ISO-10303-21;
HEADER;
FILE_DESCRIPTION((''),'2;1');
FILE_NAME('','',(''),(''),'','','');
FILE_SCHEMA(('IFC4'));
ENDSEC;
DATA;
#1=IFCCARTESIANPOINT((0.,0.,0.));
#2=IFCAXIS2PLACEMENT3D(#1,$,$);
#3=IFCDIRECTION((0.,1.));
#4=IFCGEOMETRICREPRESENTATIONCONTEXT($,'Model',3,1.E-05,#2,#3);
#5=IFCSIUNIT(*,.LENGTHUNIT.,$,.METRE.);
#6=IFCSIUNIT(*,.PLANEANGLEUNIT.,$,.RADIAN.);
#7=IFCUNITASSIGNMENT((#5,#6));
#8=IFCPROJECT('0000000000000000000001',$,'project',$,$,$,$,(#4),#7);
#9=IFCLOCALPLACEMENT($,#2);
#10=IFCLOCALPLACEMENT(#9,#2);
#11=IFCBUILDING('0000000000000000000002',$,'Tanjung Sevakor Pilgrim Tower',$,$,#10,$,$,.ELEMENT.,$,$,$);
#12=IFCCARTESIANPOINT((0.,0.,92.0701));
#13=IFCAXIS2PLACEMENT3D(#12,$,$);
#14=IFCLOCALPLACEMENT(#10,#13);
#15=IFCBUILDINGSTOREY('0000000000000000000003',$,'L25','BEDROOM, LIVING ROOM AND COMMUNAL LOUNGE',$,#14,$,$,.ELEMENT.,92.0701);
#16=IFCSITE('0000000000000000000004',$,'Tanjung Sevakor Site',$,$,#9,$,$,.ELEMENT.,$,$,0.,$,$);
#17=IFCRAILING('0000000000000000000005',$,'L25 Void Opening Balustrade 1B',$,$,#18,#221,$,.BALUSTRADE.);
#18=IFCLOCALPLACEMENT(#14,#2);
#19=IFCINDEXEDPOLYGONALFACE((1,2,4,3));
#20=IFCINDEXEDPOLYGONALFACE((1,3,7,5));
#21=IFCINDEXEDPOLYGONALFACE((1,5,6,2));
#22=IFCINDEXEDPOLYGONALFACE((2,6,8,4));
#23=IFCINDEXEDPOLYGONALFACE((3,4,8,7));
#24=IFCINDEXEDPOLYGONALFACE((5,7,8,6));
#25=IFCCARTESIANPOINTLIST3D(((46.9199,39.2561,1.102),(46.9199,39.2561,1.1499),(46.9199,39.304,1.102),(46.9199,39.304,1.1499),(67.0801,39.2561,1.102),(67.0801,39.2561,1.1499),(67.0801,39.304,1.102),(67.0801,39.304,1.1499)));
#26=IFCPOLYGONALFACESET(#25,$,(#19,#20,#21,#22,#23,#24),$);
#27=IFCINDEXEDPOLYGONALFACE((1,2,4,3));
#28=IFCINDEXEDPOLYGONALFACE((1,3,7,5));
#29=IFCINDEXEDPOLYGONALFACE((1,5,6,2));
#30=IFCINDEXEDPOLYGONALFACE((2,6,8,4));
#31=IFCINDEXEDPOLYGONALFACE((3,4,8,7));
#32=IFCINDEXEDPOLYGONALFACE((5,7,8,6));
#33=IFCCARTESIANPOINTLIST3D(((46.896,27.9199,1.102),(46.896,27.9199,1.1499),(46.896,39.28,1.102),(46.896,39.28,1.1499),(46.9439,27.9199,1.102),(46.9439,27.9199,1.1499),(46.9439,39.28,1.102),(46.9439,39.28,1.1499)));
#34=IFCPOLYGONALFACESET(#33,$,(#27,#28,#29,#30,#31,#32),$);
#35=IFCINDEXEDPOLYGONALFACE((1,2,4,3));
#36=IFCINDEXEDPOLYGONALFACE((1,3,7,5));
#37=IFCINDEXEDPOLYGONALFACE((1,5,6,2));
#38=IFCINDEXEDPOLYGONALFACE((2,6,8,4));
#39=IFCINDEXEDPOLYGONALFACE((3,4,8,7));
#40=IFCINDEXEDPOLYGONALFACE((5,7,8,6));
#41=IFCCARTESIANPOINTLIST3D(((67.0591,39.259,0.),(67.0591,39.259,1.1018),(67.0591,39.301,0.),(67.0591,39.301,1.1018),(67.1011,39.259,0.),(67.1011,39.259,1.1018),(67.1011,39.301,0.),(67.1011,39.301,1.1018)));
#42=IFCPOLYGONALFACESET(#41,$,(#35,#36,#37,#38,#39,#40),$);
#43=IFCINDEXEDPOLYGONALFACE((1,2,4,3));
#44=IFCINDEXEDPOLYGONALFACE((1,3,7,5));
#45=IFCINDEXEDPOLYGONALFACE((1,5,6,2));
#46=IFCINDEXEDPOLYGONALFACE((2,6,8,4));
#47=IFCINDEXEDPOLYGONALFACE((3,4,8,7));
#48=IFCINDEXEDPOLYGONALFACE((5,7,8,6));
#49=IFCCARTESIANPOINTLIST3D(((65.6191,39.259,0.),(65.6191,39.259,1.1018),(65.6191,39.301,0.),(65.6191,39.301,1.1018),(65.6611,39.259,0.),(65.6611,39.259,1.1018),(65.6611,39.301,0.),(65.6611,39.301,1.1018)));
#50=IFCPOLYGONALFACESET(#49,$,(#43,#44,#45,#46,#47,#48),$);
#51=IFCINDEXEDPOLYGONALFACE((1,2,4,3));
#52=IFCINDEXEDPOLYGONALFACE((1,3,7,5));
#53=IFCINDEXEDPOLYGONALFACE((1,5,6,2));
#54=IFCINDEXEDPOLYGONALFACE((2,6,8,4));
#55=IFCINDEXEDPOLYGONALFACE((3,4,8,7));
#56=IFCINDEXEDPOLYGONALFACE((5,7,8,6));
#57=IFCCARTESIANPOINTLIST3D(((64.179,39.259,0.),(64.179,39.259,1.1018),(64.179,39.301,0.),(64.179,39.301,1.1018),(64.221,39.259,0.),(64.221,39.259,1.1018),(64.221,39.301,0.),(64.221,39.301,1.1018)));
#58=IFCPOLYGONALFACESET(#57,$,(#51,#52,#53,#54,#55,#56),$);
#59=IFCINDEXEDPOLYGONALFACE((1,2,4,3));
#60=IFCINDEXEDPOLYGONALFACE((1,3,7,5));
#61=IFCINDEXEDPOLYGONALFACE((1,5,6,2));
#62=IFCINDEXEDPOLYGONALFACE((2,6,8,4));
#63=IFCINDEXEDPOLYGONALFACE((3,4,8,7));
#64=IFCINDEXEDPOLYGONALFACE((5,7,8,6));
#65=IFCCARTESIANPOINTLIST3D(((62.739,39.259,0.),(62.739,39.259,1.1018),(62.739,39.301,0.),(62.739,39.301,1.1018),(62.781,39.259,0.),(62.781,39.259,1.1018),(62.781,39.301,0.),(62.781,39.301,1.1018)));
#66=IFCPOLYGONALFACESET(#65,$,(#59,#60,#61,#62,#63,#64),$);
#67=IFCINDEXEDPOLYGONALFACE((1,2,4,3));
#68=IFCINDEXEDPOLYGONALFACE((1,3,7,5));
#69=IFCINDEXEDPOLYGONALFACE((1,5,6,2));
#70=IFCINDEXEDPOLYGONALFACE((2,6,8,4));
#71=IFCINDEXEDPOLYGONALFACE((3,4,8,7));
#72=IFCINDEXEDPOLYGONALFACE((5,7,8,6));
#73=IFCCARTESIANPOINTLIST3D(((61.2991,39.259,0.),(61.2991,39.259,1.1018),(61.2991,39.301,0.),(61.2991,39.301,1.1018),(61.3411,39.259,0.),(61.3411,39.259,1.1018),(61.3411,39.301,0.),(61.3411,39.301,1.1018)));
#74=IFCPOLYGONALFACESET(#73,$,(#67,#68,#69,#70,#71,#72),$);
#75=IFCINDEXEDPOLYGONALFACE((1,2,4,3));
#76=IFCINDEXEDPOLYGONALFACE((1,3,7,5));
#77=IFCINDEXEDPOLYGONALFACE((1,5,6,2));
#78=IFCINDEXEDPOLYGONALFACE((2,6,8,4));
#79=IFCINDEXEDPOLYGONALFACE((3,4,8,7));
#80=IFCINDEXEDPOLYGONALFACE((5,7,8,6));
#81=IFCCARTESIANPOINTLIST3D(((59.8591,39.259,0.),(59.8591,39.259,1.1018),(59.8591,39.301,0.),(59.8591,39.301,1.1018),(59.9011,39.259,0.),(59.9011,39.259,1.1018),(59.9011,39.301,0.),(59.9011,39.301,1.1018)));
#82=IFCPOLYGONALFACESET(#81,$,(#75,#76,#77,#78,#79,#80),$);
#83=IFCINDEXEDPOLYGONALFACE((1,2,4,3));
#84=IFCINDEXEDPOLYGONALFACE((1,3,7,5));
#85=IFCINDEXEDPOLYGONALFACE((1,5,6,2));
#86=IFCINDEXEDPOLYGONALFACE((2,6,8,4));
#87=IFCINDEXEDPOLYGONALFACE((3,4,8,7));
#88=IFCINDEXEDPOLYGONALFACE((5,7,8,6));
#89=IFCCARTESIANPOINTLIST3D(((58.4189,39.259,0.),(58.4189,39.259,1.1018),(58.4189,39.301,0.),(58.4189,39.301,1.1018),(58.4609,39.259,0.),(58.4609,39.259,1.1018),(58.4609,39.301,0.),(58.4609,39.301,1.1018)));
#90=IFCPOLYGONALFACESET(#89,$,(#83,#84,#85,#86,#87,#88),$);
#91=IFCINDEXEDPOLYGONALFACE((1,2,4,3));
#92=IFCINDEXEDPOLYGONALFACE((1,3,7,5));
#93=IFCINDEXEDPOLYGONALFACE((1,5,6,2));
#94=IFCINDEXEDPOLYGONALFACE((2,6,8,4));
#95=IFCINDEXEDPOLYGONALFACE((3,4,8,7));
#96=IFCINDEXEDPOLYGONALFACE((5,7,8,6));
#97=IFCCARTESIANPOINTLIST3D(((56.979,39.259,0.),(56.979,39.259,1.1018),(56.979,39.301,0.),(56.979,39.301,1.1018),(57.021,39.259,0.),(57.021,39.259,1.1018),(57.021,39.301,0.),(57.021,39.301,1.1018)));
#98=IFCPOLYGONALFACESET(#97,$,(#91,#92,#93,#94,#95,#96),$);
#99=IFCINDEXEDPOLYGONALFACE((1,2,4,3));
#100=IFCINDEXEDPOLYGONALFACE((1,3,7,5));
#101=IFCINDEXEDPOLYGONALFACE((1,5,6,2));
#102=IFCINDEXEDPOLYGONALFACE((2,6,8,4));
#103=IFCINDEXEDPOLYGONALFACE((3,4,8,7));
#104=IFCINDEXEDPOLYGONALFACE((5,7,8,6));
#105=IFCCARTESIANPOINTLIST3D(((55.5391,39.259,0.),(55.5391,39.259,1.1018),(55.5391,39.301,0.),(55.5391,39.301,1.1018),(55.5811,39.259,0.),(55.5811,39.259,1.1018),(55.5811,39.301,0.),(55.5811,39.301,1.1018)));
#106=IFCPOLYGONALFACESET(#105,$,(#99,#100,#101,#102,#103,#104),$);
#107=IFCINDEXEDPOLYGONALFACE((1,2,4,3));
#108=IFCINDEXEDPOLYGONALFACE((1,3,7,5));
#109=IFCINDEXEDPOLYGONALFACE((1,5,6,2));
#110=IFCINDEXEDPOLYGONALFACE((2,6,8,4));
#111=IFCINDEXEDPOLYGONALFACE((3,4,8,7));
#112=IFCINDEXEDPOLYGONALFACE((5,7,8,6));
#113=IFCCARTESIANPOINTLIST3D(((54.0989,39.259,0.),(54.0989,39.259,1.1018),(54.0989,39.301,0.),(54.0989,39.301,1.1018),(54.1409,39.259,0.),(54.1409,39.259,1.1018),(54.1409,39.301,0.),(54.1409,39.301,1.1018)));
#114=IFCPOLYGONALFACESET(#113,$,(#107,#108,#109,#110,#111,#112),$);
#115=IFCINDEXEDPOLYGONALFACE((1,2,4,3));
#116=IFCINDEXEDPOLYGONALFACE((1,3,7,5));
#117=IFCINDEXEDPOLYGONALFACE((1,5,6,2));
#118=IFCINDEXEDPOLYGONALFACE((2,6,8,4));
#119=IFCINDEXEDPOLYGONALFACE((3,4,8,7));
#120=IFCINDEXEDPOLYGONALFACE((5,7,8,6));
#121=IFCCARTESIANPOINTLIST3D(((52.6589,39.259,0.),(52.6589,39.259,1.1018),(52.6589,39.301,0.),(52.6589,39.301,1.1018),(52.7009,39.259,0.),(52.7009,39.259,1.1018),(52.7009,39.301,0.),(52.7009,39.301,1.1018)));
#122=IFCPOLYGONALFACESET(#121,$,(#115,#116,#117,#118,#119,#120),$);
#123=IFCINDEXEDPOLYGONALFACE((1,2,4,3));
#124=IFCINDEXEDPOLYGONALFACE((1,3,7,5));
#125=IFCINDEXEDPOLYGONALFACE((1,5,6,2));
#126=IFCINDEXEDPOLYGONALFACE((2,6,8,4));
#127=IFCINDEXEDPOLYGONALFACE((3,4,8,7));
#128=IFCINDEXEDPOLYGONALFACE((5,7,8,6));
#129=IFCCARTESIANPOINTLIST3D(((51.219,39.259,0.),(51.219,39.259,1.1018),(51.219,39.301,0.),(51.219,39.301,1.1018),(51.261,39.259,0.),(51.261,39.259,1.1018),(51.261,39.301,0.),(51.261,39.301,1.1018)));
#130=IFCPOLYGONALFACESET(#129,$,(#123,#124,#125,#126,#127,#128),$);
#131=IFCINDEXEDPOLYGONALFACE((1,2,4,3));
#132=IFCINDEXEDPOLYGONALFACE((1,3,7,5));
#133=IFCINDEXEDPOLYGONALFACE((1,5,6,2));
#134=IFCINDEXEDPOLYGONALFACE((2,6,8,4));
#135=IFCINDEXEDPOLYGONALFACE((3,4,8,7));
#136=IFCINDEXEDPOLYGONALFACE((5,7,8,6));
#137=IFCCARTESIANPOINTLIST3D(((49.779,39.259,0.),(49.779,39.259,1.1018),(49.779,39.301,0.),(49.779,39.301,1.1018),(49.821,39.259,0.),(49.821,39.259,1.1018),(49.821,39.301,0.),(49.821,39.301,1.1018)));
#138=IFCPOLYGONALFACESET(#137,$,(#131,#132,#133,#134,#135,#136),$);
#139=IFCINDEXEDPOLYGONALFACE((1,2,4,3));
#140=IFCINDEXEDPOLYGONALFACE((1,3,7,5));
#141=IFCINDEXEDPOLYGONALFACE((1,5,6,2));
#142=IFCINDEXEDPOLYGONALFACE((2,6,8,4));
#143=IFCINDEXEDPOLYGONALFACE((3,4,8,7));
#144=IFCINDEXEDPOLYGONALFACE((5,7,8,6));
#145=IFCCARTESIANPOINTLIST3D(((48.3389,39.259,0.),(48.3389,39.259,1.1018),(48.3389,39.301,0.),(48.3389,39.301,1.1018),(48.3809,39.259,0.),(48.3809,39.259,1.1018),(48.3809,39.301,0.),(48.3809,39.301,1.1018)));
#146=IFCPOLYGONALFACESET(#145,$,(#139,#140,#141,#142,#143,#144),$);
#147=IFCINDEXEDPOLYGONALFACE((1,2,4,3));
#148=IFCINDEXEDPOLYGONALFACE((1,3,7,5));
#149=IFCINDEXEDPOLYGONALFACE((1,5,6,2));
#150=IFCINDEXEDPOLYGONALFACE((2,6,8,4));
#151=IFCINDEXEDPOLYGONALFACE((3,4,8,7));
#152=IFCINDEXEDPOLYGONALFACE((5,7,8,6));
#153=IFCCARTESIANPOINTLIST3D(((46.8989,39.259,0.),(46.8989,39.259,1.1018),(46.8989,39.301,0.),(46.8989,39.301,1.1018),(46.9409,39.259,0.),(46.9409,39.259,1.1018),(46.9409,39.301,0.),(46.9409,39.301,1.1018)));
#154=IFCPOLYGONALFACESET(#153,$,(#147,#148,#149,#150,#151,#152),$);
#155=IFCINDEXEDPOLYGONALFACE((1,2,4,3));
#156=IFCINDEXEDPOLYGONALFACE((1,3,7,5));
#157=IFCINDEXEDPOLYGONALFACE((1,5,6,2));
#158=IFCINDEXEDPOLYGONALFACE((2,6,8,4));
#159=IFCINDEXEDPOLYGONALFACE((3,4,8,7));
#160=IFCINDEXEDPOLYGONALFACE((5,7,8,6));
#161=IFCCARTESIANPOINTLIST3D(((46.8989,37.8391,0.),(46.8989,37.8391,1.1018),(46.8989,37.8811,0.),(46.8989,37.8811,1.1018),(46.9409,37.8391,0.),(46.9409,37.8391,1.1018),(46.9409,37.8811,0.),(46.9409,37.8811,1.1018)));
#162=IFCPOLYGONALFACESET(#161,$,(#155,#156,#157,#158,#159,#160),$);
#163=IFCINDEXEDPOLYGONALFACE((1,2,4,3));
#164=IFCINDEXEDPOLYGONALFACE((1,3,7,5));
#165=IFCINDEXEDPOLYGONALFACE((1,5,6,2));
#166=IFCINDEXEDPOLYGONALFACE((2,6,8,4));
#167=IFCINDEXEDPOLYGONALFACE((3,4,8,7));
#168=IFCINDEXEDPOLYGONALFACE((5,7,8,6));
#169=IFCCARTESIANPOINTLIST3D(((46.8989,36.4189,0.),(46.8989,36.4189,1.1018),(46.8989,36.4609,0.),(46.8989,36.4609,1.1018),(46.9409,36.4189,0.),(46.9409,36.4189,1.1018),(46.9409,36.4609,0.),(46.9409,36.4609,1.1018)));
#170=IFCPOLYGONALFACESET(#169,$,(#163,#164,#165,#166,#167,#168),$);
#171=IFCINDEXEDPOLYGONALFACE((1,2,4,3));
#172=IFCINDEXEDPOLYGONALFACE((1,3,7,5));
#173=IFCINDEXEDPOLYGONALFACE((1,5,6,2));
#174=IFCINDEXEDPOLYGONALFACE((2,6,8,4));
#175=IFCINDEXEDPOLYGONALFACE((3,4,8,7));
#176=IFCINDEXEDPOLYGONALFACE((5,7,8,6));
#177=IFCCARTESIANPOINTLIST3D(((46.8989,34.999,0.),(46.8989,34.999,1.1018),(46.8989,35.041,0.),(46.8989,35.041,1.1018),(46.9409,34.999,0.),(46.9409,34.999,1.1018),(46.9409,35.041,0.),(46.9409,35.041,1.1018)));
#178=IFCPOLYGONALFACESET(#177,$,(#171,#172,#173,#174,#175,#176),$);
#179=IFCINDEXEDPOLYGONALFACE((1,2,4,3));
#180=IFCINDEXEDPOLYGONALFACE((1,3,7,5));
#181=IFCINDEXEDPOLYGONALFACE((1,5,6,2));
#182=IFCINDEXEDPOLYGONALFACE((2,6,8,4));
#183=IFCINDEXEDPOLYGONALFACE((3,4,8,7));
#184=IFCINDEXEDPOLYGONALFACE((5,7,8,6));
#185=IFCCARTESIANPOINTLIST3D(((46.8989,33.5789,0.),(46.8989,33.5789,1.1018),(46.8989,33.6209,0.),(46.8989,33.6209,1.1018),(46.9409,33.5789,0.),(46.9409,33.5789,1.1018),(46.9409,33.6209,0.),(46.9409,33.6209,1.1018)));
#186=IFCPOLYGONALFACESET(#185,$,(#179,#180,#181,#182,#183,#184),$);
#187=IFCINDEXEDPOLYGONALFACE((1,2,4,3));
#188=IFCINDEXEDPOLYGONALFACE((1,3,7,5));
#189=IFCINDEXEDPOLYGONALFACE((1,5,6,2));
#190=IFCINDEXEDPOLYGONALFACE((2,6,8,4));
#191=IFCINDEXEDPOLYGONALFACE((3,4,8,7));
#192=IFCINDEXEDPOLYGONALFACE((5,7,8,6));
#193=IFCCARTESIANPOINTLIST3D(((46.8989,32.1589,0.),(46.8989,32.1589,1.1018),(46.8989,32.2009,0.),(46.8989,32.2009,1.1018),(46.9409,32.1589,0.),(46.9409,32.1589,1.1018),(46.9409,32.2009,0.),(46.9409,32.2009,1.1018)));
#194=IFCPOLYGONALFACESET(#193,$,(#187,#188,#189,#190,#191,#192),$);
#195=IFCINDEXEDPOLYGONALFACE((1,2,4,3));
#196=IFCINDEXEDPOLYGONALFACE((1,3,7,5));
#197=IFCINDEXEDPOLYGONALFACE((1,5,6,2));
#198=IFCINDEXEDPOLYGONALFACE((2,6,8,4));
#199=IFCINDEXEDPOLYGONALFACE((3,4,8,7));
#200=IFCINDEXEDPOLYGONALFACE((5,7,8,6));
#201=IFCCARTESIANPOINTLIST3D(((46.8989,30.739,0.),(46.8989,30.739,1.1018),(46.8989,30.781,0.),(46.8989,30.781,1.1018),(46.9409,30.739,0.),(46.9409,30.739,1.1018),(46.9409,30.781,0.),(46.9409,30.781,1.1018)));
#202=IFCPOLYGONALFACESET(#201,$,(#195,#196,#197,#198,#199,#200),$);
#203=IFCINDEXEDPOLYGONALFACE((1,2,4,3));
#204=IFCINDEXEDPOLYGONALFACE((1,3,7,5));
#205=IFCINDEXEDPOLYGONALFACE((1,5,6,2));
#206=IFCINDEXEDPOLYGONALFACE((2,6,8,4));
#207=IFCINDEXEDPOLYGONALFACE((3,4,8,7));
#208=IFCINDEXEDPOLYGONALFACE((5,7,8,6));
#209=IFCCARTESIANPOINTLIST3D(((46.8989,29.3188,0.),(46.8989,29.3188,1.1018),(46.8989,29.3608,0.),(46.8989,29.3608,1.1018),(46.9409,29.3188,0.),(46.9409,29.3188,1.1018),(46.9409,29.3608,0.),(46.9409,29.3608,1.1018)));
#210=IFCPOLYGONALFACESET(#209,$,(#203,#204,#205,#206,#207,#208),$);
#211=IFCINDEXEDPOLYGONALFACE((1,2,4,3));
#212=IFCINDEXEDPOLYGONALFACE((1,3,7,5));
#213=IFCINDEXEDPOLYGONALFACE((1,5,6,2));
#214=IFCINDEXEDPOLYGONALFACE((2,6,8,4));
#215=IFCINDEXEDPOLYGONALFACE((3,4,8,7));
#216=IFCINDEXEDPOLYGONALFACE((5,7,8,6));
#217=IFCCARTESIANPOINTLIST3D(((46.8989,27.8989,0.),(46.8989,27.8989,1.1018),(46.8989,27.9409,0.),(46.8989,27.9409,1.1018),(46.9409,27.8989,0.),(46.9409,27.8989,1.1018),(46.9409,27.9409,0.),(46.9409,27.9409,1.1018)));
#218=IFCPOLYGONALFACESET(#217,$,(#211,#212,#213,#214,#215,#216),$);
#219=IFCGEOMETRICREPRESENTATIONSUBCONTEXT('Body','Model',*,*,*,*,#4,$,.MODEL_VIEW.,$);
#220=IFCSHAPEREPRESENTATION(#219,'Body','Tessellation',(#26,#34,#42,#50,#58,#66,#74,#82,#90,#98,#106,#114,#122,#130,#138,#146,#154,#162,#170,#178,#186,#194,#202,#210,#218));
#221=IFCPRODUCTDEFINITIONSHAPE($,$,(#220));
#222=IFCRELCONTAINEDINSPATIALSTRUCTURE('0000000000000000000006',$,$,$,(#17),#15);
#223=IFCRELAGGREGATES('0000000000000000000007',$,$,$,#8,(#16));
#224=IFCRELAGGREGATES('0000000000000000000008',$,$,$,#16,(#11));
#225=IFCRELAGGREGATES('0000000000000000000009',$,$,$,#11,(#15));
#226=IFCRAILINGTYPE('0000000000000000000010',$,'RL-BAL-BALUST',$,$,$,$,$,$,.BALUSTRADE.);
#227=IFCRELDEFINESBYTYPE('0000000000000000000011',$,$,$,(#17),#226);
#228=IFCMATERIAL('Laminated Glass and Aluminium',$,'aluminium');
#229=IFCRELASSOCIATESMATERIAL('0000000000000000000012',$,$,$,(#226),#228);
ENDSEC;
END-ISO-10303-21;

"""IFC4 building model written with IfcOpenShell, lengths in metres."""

from ifc_helpers import new_model, si_unit, direction, frame, origin, place, context, subcontext, project, spatial, rectangle, extrude, material, type_object, element, save


model = new_model("IFC4")

# Units and contexts
model_context = context("Model", 3, precision=1e-05, world=origin(), true_north=direction((0.0, 1.0)))
body_context = subcontext(model_context, "Body", "Model", "MODEL_VIEW")
ifc_project = project(units=[si_unit("LENGTHUNIT", "METRE"), si_unit("PLANEANGLEUNIT", "RADIAN")], contexts=[model_context])

# Site, building, storey
site_placement = place(None, origin())
site = spatial("IfcSite", under=ifc_project, at=site_placement, Name="Tanjung Sevakor Site", CompositionType="ELEMENT", RefElevation=0.0)
building_placement = place(site_placement, origin())
building = spatial("IfcBuilding", under=site, at=building_placement, Name="Tanjung Sevakor Pilgrim Tower", CompositionType="ELEMENT")
storey_placement = place(building_placement, frame((0.0, 0.0, 92.0701)))
storey = spatial("IfcBuildingStorey", under=building, at=storey_placement, Name="L25", Description="BEDROOM, LIVING ROOM AND COMMUNAL LOUNGE", CompositionType="ELEMENT", Elevation=92.0701)

# Railing
ifc_material_1 = material(Name="Laminated Glass and Aluminium", Category="aluminium")
railing_type = type_object("IfcRailingType", Name="RL-BAL-BALUST", PredefinedType="BALUSTRADE", material=ifc_material_1)
railing_placement = place(storey_placement, frame((67.0801, 39.28, 0.0)))
element("IfcRailing", 1, at=railing_placement, inside=storey, type_object=railing_type, Name="L25 Void Opening Balustrade 1B", PredefinedType="BALUSTRADE", context=body_context, shape_type="SweptSolid", body=[
    extrude(rectangle(XDim=0.0479, YDim=0.0479), frame((0.0, 0.0, 1.126), z_axis=(-1.0, 0.0, 0.0), x_axis=(0.0, -1.0, 0.0)), (0.0, 0.0, 1.0), 20.1602),
    extrude(rectangle(XDim=0.0479, YDim=0.0479), frame((-20.1602, 0.0, 1.126), z_axis=(0.0, -1.0, 0.0), x_axis=(1.0, 0.0, 0.0)), (0.0, 0.0, 1.0), 11.3601),
    extrude(rectangle(XDim=0.042, YDim=0.042), origin(), (0.0, 0.0, 1.0), 1.1018),
    extrude(rectangle(XDim=0.042, YDim=0.042), frame((-1.4399, 0.0, 0.0)), (0.0, 0.0, 1.0), 1.1018),
    extrude(rectangle(XDim=0.042, YDim=0.042), frame((-2.8801, 0.0, 0.0)), (0.0, 0.0, 1.0), 1.1018),
    extrude(rectangle(XDim=0.042, YDim=0.042), frame((-4.3201, 0.0, 0.0)), (0.0, 0.0, 1.0), 1.1018),
    extrude(rectangle(XDim=0.042, YDim=0.042), frame((-5.76, 0.0, 0.0)), (0.0, 0.0, 1.0), 1.1018),
    extrude(rectangle(XDim=0.042, YDim=0.042), frame((-7.2, 0.0, 0.0)), (0.0, 0.0, 1.0), 1.1018),
    extrude(rectangle(XDim=0.042, YDim=0.042), frame((-8.6401, 0.0, 0.0)), (0.0, 0.0, 1.0), 1.1018),
    extrude(rectangle(XDim=0.042, YDim=0.042), frame((-10.0801, 0.0, 0.0)), (0.0, 0.0, 1.0), 1.1018),
    extrude(rectangle(XDim=0.042, YDim=0.042), frame((-11.52, 0.0, 0.0)), (0.0, 0.0, 1.0), 1.1018),
    extrude(rectangle(XDim=0.042, YDim=0.042), frame((-12.9602, 0.0, 0.0)), (0.0, 0.0, 1.0), 1.1018),
    extrude(rectangle(XDim=0.042, YDim=0.042), frame((-14.4001, 0.0, 0.0)), (0.0, 0.0, 1.0), 1.1018),
    extrude(rectangle(XDim=0.042, YDim=0.042), frame((-15.8401, 0.0, 0.0)), (0.0, 0.0, 1.0), 1.1018),
    extrude(rectangle(XDim=0.042, YDim=0.042), frame((-17.28, 0.0, 0.0)), (0.0, 0.0, 1.0), 1.1018),
    extrude(rectangle(XDim=0.042, YDim=0.042), frame((-18.7202, 0.0, 0.0)), (0.0, 0.0, 1.0), 1.1018),
    extrude(rectangle(XDim=0.042, YDim=0.042), frame((-20.1602, 0.0, 0.0)), (0.0, 0.0, 1.0), 1.1018),
    extrude(rectangle(XDim=0.042, YDim=0.042), frame((-20.1602, -1.4199, 0.0)), (0.0, 0.0, 1.0), 1.1018),
    extrude(rectangle(XDim=0.042, YDim=0.042), frame((-20.1602, -2.8401, 0.0)), (0.0, 0.0, 1.0), 1.1018),
    extrude(rectangle(XDim=0.042, YDim=0.042), frame((-20.1602, -4.26, 0.0)), (0.0, 0.0, 1.0), 1.1018),
    extrude(rectangle(XDim=0.042, YDim=0.042), frame((-20.1602, -5.6802, 0.0)), (0.0, 0.0, 1.0), 1.1018),
    extrude(rectangle(XDim=0.042, YDim=0.042), frame((-20.1602, -7.1001, 0.0)), (0.0, 0.0, 1.0), 1.1018),
    extrude(rectangle(XDim=0.042, YDim=0.042), frame((-20.1602, -8.52, 0.0)), (0.0, 0.0, 1.0), 1.1018),
    extrude(rectangle(XDim=0.042, YDim=0.042), frame((-20.1602, -9.9402, 0.0)), (0.0, 0.0, 1.0), 1.1018),
    extrude(rectangle(XDim=0.042, YDim=0.042), frame((-20.1602, -11.3601, 0.0)), (0.0, 0.0, 1.0), 1.1018),
])

save(model, "model.ifc")
